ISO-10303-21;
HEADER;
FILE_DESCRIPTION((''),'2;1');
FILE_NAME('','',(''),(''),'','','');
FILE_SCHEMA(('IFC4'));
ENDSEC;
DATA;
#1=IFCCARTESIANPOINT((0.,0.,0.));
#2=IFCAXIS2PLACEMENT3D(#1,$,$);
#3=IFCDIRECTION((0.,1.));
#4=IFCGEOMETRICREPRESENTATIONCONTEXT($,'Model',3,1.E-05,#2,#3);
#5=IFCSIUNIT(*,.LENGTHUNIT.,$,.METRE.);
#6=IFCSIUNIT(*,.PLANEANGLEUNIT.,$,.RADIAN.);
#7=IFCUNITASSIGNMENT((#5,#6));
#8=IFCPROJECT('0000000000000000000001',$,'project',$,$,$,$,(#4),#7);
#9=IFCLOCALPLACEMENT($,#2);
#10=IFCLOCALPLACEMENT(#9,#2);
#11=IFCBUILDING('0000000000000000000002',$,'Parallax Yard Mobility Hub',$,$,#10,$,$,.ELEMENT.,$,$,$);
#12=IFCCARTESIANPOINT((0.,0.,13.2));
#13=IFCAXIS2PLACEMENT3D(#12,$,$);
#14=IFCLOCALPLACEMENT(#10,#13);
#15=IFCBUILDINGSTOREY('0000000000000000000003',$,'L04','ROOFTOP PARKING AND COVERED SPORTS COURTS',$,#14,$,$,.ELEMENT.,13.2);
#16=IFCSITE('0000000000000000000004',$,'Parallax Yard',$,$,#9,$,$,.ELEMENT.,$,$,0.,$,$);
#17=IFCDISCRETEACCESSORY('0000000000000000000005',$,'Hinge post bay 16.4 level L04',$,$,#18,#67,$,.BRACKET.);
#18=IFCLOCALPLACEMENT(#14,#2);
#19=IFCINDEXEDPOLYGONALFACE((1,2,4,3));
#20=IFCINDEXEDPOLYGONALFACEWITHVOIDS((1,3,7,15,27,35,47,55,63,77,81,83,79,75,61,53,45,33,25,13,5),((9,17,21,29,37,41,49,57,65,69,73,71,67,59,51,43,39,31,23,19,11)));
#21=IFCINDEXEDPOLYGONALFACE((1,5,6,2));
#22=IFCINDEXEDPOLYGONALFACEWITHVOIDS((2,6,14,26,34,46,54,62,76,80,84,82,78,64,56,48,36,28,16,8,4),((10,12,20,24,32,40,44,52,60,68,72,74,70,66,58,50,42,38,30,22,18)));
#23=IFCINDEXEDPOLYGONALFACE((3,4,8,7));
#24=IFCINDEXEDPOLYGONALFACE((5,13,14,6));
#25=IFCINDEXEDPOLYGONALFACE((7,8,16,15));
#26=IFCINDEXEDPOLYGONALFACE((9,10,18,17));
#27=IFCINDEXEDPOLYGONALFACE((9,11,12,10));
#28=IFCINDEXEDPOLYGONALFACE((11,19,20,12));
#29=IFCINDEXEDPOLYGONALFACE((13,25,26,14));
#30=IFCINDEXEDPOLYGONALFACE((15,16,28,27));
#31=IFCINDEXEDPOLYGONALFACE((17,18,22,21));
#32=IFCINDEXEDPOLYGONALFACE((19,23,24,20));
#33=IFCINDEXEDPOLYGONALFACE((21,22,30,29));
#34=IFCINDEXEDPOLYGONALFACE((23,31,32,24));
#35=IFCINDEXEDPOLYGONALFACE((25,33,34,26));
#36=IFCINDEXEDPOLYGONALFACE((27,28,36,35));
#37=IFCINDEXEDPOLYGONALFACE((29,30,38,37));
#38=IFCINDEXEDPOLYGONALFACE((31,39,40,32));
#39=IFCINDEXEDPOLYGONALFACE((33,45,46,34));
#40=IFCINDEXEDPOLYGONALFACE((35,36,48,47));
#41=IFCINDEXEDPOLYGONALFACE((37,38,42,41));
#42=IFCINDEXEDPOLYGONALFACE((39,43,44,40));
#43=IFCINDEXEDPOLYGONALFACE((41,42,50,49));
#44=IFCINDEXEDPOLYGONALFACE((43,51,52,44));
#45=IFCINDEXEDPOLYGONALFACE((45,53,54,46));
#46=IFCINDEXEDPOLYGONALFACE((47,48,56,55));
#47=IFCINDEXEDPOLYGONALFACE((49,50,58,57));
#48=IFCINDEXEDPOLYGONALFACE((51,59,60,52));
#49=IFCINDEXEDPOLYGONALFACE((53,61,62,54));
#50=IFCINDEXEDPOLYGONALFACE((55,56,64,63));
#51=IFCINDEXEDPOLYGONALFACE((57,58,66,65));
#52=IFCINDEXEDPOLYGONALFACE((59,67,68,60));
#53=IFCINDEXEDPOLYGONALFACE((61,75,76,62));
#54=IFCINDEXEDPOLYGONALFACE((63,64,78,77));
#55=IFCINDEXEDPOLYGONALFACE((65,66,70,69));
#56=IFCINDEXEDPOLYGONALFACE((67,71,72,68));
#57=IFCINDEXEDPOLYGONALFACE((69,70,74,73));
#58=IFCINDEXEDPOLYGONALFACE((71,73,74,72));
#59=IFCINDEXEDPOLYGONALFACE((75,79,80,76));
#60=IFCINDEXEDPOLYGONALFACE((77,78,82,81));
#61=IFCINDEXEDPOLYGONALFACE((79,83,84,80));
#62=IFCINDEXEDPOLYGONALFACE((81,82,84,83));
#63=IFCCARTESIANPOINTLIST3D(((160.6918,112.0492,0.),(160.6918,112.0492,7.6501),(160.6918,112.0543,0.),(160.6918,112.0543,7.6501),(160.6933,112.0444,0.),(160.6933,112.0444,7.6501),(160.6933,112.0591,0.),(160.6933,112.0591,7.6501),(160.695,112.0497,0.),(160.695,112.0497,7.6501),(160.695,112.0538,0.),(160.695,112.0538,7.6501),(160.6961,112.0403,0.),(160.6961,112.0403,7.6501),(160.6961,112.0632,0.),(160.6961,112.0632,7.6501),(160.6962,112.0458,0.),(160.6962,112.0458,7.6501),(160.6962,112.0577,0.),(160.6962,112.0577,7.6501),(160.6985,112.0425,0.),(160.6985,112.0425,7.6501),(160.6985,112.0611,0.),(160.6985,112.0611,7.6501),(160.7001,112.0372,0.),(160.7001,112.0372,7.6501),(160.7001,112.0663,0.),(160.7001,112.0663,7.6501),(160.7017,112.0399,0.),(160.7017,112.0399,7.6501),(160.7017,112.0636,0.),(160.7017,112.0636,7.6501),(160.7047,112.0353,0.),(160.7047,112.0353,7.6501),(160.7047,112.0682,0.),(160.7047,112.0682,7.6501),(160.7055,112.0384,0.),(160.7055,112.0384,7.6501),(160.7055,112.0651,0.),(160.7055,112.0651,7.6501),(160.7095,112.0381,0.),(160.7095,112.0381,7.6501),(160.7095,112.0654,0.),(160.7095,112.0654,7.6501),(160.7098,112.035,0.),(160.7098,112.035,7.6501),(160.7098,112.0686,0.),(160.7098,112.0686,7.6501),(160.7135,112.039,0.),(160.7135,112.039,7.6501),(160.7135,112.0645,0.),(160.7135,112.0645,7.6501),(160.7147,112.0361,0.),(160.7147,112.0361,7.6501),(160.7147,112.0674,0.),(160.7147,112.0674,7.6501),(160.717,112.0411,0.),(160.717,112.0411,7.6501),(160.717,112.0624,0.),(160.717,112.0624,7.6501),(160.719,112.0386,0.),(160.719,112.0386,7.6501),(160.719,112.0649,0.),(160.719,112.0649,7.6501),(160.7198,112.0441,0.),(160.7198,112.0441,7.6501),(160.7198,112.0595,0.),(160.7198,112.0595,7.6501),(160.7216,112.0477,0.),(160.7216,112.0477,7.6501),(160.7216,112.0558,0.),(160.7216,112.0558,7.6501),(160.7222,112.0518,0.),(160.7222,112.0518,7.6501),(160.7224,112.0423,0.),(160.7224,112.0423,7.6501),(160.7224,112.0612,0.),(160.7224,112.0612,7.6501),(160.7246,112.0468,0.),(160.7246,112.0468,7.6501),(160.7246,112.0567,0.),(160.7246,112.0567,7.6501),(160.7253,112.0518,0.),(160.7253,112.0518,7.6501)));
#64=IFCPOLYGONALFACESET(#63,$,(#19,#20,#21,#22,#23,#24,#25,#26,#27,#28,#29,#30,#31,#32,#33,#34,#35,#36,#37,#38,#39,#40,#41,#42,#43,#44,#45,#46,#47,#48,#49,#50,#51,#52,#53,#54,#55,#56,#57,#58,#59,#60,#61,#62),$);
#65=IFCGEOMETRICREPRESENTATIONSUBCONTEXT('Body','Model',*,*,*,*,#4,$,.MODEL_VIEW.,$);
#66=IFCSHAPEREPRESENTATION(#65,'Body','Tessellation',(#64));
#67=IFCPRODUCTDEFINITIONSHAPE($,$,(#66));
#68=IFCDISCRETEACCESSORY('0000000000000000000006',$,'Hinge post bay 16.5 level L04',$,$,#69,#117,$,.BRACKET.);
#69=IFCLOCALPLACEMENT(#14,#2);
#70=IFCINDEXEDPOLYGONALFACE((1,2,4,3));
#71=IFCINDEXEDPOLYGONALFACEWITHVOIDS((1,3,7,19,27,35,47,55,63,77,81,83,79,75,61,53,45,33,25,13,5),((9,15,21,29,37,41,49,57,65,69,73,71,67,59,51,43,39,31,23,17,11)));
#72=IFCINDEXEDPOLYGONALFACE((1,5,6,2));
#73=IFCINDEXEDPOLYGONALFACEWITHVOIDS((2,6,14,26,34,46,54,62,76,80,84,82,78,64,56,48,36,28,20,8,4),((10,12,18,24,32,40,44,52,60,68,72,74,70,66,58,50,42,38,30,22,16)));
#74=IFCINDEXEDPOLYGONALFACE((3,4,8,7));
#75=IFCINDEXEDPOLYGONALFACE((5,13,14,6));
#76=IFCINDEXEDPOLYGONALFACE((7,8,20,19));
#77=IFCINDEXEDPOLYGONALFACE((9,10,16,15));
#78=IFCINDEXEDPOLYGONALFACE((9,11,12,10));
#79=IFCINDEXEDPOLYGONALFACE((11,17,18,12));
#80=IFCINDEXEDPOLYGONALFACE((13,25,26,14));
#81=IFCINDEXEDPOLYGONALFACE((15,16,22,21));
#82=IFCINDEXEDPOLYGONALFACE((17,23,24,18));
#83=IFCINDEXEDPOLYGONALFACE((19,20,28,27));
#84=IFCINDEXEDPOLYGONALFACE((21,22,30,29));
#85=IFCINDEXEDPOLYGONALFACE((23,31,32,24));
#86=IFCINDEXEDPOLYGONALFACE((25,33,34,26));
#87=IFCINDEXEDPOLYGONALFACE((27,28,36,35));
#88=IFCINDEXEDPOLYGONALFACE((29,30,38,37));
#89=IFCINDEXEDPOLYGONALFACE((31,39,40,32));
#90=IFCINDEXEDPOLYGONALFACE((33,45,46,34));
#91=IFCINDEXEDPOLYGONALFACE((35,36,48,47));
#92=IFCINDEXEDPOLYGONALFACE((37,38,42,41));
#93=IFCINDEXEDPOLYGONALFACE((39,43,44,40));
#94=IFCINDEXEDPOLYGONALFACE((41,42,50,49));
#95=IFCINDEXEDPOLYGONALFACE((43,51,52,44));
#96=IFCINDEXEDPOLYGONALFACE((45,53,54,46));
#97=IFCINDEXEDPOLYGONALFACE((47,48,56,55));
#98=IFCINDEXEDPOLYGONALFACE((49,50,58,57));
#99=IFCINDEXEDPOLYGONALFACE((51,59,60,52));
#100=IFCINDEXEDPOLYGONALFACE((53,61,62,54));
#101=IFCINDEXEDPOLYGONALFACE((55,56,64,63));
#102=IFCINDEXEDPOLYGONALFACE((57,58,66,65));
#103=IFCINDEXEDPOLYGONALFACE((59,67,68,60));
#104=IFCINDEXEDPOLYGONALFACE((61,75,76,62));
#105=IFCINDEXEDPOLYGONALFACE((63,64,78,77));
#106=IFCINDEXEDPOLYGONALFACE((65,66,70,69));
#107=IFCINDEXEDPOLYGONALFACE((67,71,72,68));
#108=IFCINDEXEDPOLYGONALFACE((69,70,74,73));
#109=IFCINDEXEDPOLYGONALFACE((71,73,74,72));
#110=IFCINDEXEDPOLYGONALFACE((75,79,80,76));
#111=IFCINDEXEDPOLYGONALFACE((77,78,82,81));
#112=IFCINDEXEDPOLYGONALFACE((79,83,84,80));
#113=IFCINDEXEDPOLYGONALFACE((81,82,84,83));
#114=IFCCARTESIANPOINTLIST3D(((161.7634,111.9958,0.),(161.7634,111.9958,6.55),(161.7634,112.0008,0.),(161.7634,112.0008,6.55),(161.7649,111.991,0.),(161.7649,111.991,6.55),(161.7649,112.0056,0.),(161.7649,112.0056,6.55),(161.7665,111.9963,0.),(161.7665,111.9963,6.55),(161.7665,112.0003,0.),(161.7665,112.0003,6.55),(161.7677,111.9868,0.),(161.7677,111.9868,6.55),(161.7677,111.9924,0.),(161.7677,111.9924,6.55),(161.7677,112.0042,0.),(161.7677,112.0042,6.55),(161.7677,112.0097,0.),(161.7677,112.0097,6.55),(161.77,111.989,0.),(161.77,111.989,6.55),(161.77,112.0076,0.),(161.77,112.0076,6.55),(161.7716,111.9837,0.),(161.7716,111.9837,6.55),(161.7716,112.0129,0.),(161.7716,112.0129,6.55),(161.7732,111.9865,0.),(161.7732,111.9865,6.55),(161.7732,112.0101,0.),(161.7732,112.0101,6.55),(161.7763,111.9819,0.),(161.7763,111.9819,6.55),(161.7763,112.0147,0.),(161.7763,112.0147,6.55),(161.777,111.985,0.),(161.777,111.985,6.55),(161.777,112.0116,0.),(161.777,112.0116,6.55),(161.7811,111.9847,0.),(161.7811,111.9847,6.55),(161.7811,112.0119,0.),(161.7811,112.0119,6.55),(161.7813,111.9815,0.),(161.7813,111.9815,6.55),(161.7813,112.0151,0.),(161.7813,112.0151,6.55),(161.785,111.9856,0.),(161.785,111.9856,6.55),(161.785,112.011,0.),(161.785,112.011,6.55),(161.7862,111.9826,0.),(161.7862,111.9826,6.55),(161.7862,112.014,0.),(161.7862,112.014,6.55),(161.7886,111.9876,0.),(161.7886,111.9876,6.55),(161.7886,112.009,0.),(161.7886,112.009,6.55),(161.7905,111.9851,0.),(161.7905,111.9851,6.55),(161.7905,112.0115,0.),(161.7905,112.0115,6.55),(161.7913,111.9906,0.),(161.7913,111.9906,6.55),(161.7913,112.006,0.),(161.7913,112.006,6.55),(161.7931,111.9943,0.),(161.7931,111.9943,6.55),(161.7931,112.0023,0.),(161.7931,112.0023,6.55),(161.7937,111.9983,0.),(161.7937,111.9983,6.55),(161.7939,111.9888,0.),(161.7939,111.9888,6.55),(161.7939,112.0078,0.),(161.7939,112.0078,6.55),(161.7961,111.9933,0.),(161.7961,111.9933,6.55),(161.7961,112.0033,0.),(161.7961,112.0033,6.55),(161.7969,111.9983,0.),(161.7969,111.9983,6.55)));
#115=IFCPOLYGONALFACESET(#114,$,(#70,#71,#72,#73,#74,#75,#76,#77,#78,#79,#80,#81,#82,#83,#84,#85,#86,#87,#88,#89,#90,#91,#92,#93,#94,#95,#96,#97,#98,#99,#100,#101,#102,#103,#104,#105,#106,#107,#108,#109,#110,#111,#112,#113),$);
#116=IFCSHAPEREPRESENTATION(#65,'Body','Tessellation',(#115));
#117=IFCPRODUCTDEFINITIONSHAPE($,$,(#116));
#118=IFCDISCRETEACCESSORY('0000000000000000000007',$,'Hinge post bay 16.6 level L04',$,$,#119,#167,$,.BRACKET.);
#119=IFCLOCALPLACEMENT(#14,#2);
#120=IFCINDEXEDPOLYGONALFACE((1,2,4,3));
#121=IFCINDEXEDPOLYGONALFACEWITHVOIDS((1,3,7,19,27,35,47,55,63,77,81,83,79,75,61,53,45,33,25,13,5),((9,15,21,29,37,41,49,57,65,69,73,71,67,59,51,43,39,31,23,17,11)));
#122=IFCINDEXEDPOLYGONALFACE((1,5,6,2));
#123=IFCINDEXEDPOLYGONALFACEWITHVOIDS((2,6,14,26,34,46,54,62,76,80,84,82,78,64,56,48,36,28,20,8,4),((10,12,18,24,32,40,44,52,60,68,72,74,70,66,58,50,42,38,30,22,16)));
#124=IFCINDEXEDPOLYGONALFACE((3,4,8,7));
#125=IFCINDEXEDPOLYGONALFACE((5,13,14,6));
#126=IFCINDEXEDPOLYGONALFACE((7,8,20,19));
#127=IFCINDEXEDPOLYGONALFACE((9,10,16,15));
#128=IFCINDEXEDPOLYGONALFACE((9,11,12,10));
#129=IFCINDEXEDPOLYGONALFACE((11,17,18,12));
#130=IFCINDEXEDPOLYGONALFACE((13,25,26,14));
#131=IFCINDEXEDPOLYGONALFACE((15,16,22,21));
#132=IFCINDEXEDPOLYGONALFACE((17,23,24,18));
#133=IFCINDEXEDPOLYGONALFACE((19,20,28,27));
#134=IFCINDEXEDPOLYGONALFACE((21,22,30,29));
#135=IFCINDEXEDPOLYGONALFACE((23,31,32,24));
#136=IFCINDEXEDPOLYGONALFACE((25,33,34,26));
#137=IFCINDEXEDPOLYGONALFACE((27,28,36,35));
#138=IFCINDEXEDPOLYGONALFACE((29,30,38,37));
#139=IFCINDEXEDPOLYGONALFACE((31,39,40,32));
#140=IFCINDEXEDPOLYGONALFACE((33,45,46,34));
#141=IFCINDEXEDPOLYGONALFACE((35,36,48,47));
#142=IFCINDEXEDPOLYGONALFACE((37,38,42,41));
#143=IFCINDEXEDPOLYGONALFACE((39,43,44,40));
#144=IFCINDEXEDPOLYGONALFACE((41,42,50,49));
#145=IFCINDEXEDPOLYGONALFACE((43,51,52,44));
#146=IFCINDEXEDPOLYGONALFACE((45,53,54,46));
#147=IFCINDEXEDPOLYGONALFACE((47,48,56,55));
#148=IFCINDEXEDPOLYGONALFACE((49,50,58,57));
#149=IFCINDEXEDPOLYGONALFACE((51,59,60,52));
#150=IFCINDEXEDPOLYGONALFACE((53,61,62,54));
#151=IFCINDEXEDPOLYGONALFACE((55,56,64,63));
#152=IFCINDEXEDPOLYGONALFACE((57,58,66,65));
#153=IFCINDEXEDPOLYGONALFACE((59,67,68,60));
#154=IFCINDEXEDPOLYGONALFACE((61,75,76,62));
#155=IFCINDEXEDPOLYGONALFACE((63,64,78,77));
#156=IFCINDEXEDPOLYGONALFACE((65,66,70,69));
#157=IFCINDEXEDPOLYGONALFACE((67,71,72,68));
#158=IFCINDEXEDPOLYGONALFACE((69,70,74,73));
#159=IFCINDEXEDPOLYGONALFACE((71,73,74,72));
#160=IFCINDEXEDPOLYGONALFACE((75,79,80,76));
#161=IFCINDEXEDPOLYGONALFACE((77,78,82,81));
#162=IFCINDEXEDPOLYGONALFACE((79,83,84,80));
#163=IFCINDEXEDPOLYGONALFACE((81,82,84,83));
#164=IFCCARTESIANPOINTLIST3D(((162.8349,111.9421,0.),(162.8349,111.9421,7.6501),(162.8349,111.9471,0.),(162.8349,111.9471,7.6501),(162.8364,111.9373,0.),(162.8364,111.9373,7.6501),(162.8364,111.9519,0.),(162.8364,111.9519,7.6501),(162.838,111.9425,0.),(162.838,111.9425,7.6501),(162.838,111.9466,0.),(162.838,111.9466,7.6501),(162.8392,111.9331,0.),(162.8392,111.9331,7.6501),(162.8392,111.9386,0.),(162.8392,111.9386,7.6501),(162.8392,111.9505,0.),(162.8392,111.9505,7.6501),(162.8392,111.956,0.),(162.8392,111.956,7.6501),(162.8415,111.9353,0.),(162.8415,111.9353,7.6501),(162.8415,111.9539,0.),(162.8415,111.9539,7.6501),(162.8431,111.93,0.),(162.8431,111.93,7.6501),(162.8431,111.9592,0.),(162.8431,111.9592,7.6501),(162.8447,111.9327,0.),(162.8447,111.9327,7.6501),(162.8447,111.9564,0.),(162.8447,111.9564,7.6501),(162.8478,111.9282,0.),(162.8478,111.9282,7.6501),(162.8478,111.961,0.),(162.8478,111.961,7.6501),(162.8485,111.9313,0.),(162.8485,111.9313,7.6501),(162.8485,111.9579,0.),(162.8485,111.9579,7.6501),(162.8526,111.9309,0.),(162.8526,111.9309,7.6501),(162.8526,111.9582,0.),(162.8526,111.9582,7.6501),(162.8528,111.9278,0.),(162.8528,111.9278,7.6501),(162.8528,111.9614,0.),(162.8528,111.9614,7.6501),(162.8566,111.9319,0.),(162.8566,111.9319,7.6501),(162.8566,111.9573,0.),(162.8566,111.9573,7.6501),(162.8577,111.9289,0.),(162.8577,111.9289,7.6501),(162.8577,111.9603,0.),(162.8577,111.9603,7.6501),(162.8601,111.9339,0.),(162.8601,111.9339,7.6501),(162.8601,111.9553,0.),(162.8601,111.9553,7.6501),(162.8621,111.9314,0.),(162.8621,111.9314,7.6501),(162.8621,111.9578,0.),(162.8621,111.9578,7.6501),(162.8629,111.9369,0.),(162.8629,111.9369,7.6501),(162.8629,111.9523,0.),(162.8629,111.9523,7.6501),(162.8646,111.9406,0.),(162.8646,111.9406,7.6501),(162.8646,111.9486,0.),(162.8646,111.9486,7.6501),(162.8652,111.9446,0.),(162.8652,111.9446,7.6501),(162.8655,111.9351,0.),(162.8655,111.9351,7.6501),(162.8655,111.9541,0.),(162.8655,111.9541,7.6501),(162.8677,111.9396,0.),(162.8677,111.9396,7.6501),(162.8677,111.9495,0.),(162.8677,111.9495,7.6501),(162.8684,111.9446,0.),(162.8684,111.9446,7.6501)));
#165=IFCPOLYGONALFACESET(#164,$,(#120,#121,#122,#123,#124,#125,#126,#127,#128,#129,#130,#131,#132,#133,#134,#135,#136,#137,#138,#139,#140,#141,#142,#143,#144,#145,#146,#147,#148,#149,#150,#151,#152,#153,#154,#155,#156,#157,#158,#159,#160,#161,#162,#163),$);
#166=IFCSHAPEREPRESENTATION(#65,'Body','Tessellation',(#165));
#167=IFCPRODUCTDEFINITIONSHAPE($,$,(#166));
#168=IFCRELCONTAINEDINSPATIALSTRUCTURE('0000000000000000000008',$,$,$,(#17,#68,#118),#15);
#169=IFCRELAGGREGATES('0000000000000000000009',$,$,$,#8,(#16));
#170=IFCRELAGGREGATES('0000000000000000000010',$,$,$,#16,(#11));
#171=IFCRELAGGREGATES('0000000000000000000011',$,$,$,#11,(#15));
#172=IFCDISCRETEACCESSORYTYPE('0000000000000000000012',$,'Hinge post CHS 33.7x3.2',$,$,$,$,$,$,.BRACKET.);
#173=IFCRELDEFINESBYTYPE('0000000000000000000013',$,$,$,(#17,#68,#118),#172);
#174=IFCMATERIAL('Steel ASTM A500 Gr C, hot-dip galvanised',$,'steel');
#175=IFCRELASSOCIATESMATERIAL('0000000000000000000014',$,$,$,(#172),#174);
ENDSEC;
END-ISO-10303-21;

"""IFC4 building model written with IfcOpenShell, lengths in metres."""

from ifc_helpers import new_model, si_unit, direction, frame, origin, origin_2d, place, context, subcontext, project, spatial, hollow_circle, extrude, material, material_profile, profile_set, type_object, element, save


model = new_model("IFC4")

# Units and contexts
model_context = context("Model", 3, precision=1e-05, world=origin(), true_north=direction((0.0, 1.0)))
body_context = subcontext(model_context, "Body", "Model", "MODEL_VIEW")
ifc_project = project(units=[si_unit("LENGTHUNIT", "METRE"), si_unit("PLANEANGLEUNIT", "RADIAN")], contexts=[model_context])

# Site, building, storey
site_placement = place(None, origin())
site = spatial("IfcSite", under=ifc_project, at=site_placement, Name="Parallax Yard", CompositionType="ELEMENT", RefElevation=0.0)
building_placement = place(site_placement, origin())
building = spatial("IfcBuilding", under=site, at=building_placement, Name="Parallax Yard Mobility Hub", CompositionType="ELEMENT")
storey_placement = place(building_placement, frame((0.0, 0.0, 13.2)))
storey = spatial("IfcBuildingStorey", under=building, at=storey_placement, Name="L04", Description="ROOFTOP PARKING AND COVERED SPORTS COURTS", CompositionType="ELEMENT", Elevation=13.2)

# Discrete accessories
ifc_material_1 = material(Name="Steel ASTM A500 Gr C, hot-dip galvanised", Category="steel")
ifc_material_profile = material_profile(ifc_material_1, hollow_circle(Radius=0.0168, WallThickness=0.0032, at=origin_2d()), Name="CHS 33.7x3.2")
ifc_profile_set = profile_set([ifc_material_profile], Name="Steel ASTM A500 Gr C, hot-dip galvanised")
discrete_accessory_type_1 = type_object("IfcDiscreteAccessoryType", Name="Hinge post CHS 33.7x3.2", PredefinedType="BRACKET", material=ifc_profile_set)
for number, where, z_axis, x_axis, name in (
    (1, (160.7085, 112.0518, 0.0), (0.0, 0.0, 1.0), (1.0, 0.0, 0.0), "Hinge post bay 16.4 level L04"),
):
    element("IfcDiscreteAccessory", number, at=place(storey_placement, frame(where, z_axis=z_axis, x_axis=x_axis)), inside=storey, type_object=discrete_accessory_type_1, Name=name, PredefinedType="BRACKET", context=body_context, shape_type="SweptSolid", body=[
        extrude(hollow_circle(Radius=0.0168, WallThickness=0.0032, at=origin_2d()), origin(), (0.0, 0.0, 1.0), 7.6501),
    ])
discrete_accessory_1_placement = place(storey_placement, frame((161.78, 111.9983, 0.0), z_axis=(0.0, 0.0, 1.0), x_axis=(1.0, 0.0, 0.0)))
element("IfcDiscreteAccessory", 2, at=discrete_accessory_1_placement, inside=storey, type_object=discrete_accessory_type_1, Name="Hinge post bay 16.5 level L04", PredefinedType="BRACKET", context=body_context, shape_type="SweptSolid", body=[
    extrude(hollow_circle(Radius=0.0168, WallThickness=0.0032, at=origin_2d()), origin(), (0.0, 0.0, 1.0), 6.55),
])
for number, where, z_axis, x_axis, name in (
    (3, (162.8516, 111.9446, 0.0), (0.0, 0.0, 1.0), (1.0, 0.0, 0.0), "Hinge post bay 16.6 level L04"),
):
    element("IfcDiscreteAccessory", number, at=place(storey_placement, frame(where, z_axis=z_axis, x_axis=x_axis)), inside=storey, type_object=discrete_accessory_type_1, Name=name, PredefinedType="BRACKET", context=body_context, shape_type="SweptSolid", body=[
        extrude(hollow_circle(Radius=0.0168, WallThickness=0.0032, at=origin_2d()), origin(), (0.0, 0.0, 1.0), 7.6501),
    ])

save(model, "model.ifc")
